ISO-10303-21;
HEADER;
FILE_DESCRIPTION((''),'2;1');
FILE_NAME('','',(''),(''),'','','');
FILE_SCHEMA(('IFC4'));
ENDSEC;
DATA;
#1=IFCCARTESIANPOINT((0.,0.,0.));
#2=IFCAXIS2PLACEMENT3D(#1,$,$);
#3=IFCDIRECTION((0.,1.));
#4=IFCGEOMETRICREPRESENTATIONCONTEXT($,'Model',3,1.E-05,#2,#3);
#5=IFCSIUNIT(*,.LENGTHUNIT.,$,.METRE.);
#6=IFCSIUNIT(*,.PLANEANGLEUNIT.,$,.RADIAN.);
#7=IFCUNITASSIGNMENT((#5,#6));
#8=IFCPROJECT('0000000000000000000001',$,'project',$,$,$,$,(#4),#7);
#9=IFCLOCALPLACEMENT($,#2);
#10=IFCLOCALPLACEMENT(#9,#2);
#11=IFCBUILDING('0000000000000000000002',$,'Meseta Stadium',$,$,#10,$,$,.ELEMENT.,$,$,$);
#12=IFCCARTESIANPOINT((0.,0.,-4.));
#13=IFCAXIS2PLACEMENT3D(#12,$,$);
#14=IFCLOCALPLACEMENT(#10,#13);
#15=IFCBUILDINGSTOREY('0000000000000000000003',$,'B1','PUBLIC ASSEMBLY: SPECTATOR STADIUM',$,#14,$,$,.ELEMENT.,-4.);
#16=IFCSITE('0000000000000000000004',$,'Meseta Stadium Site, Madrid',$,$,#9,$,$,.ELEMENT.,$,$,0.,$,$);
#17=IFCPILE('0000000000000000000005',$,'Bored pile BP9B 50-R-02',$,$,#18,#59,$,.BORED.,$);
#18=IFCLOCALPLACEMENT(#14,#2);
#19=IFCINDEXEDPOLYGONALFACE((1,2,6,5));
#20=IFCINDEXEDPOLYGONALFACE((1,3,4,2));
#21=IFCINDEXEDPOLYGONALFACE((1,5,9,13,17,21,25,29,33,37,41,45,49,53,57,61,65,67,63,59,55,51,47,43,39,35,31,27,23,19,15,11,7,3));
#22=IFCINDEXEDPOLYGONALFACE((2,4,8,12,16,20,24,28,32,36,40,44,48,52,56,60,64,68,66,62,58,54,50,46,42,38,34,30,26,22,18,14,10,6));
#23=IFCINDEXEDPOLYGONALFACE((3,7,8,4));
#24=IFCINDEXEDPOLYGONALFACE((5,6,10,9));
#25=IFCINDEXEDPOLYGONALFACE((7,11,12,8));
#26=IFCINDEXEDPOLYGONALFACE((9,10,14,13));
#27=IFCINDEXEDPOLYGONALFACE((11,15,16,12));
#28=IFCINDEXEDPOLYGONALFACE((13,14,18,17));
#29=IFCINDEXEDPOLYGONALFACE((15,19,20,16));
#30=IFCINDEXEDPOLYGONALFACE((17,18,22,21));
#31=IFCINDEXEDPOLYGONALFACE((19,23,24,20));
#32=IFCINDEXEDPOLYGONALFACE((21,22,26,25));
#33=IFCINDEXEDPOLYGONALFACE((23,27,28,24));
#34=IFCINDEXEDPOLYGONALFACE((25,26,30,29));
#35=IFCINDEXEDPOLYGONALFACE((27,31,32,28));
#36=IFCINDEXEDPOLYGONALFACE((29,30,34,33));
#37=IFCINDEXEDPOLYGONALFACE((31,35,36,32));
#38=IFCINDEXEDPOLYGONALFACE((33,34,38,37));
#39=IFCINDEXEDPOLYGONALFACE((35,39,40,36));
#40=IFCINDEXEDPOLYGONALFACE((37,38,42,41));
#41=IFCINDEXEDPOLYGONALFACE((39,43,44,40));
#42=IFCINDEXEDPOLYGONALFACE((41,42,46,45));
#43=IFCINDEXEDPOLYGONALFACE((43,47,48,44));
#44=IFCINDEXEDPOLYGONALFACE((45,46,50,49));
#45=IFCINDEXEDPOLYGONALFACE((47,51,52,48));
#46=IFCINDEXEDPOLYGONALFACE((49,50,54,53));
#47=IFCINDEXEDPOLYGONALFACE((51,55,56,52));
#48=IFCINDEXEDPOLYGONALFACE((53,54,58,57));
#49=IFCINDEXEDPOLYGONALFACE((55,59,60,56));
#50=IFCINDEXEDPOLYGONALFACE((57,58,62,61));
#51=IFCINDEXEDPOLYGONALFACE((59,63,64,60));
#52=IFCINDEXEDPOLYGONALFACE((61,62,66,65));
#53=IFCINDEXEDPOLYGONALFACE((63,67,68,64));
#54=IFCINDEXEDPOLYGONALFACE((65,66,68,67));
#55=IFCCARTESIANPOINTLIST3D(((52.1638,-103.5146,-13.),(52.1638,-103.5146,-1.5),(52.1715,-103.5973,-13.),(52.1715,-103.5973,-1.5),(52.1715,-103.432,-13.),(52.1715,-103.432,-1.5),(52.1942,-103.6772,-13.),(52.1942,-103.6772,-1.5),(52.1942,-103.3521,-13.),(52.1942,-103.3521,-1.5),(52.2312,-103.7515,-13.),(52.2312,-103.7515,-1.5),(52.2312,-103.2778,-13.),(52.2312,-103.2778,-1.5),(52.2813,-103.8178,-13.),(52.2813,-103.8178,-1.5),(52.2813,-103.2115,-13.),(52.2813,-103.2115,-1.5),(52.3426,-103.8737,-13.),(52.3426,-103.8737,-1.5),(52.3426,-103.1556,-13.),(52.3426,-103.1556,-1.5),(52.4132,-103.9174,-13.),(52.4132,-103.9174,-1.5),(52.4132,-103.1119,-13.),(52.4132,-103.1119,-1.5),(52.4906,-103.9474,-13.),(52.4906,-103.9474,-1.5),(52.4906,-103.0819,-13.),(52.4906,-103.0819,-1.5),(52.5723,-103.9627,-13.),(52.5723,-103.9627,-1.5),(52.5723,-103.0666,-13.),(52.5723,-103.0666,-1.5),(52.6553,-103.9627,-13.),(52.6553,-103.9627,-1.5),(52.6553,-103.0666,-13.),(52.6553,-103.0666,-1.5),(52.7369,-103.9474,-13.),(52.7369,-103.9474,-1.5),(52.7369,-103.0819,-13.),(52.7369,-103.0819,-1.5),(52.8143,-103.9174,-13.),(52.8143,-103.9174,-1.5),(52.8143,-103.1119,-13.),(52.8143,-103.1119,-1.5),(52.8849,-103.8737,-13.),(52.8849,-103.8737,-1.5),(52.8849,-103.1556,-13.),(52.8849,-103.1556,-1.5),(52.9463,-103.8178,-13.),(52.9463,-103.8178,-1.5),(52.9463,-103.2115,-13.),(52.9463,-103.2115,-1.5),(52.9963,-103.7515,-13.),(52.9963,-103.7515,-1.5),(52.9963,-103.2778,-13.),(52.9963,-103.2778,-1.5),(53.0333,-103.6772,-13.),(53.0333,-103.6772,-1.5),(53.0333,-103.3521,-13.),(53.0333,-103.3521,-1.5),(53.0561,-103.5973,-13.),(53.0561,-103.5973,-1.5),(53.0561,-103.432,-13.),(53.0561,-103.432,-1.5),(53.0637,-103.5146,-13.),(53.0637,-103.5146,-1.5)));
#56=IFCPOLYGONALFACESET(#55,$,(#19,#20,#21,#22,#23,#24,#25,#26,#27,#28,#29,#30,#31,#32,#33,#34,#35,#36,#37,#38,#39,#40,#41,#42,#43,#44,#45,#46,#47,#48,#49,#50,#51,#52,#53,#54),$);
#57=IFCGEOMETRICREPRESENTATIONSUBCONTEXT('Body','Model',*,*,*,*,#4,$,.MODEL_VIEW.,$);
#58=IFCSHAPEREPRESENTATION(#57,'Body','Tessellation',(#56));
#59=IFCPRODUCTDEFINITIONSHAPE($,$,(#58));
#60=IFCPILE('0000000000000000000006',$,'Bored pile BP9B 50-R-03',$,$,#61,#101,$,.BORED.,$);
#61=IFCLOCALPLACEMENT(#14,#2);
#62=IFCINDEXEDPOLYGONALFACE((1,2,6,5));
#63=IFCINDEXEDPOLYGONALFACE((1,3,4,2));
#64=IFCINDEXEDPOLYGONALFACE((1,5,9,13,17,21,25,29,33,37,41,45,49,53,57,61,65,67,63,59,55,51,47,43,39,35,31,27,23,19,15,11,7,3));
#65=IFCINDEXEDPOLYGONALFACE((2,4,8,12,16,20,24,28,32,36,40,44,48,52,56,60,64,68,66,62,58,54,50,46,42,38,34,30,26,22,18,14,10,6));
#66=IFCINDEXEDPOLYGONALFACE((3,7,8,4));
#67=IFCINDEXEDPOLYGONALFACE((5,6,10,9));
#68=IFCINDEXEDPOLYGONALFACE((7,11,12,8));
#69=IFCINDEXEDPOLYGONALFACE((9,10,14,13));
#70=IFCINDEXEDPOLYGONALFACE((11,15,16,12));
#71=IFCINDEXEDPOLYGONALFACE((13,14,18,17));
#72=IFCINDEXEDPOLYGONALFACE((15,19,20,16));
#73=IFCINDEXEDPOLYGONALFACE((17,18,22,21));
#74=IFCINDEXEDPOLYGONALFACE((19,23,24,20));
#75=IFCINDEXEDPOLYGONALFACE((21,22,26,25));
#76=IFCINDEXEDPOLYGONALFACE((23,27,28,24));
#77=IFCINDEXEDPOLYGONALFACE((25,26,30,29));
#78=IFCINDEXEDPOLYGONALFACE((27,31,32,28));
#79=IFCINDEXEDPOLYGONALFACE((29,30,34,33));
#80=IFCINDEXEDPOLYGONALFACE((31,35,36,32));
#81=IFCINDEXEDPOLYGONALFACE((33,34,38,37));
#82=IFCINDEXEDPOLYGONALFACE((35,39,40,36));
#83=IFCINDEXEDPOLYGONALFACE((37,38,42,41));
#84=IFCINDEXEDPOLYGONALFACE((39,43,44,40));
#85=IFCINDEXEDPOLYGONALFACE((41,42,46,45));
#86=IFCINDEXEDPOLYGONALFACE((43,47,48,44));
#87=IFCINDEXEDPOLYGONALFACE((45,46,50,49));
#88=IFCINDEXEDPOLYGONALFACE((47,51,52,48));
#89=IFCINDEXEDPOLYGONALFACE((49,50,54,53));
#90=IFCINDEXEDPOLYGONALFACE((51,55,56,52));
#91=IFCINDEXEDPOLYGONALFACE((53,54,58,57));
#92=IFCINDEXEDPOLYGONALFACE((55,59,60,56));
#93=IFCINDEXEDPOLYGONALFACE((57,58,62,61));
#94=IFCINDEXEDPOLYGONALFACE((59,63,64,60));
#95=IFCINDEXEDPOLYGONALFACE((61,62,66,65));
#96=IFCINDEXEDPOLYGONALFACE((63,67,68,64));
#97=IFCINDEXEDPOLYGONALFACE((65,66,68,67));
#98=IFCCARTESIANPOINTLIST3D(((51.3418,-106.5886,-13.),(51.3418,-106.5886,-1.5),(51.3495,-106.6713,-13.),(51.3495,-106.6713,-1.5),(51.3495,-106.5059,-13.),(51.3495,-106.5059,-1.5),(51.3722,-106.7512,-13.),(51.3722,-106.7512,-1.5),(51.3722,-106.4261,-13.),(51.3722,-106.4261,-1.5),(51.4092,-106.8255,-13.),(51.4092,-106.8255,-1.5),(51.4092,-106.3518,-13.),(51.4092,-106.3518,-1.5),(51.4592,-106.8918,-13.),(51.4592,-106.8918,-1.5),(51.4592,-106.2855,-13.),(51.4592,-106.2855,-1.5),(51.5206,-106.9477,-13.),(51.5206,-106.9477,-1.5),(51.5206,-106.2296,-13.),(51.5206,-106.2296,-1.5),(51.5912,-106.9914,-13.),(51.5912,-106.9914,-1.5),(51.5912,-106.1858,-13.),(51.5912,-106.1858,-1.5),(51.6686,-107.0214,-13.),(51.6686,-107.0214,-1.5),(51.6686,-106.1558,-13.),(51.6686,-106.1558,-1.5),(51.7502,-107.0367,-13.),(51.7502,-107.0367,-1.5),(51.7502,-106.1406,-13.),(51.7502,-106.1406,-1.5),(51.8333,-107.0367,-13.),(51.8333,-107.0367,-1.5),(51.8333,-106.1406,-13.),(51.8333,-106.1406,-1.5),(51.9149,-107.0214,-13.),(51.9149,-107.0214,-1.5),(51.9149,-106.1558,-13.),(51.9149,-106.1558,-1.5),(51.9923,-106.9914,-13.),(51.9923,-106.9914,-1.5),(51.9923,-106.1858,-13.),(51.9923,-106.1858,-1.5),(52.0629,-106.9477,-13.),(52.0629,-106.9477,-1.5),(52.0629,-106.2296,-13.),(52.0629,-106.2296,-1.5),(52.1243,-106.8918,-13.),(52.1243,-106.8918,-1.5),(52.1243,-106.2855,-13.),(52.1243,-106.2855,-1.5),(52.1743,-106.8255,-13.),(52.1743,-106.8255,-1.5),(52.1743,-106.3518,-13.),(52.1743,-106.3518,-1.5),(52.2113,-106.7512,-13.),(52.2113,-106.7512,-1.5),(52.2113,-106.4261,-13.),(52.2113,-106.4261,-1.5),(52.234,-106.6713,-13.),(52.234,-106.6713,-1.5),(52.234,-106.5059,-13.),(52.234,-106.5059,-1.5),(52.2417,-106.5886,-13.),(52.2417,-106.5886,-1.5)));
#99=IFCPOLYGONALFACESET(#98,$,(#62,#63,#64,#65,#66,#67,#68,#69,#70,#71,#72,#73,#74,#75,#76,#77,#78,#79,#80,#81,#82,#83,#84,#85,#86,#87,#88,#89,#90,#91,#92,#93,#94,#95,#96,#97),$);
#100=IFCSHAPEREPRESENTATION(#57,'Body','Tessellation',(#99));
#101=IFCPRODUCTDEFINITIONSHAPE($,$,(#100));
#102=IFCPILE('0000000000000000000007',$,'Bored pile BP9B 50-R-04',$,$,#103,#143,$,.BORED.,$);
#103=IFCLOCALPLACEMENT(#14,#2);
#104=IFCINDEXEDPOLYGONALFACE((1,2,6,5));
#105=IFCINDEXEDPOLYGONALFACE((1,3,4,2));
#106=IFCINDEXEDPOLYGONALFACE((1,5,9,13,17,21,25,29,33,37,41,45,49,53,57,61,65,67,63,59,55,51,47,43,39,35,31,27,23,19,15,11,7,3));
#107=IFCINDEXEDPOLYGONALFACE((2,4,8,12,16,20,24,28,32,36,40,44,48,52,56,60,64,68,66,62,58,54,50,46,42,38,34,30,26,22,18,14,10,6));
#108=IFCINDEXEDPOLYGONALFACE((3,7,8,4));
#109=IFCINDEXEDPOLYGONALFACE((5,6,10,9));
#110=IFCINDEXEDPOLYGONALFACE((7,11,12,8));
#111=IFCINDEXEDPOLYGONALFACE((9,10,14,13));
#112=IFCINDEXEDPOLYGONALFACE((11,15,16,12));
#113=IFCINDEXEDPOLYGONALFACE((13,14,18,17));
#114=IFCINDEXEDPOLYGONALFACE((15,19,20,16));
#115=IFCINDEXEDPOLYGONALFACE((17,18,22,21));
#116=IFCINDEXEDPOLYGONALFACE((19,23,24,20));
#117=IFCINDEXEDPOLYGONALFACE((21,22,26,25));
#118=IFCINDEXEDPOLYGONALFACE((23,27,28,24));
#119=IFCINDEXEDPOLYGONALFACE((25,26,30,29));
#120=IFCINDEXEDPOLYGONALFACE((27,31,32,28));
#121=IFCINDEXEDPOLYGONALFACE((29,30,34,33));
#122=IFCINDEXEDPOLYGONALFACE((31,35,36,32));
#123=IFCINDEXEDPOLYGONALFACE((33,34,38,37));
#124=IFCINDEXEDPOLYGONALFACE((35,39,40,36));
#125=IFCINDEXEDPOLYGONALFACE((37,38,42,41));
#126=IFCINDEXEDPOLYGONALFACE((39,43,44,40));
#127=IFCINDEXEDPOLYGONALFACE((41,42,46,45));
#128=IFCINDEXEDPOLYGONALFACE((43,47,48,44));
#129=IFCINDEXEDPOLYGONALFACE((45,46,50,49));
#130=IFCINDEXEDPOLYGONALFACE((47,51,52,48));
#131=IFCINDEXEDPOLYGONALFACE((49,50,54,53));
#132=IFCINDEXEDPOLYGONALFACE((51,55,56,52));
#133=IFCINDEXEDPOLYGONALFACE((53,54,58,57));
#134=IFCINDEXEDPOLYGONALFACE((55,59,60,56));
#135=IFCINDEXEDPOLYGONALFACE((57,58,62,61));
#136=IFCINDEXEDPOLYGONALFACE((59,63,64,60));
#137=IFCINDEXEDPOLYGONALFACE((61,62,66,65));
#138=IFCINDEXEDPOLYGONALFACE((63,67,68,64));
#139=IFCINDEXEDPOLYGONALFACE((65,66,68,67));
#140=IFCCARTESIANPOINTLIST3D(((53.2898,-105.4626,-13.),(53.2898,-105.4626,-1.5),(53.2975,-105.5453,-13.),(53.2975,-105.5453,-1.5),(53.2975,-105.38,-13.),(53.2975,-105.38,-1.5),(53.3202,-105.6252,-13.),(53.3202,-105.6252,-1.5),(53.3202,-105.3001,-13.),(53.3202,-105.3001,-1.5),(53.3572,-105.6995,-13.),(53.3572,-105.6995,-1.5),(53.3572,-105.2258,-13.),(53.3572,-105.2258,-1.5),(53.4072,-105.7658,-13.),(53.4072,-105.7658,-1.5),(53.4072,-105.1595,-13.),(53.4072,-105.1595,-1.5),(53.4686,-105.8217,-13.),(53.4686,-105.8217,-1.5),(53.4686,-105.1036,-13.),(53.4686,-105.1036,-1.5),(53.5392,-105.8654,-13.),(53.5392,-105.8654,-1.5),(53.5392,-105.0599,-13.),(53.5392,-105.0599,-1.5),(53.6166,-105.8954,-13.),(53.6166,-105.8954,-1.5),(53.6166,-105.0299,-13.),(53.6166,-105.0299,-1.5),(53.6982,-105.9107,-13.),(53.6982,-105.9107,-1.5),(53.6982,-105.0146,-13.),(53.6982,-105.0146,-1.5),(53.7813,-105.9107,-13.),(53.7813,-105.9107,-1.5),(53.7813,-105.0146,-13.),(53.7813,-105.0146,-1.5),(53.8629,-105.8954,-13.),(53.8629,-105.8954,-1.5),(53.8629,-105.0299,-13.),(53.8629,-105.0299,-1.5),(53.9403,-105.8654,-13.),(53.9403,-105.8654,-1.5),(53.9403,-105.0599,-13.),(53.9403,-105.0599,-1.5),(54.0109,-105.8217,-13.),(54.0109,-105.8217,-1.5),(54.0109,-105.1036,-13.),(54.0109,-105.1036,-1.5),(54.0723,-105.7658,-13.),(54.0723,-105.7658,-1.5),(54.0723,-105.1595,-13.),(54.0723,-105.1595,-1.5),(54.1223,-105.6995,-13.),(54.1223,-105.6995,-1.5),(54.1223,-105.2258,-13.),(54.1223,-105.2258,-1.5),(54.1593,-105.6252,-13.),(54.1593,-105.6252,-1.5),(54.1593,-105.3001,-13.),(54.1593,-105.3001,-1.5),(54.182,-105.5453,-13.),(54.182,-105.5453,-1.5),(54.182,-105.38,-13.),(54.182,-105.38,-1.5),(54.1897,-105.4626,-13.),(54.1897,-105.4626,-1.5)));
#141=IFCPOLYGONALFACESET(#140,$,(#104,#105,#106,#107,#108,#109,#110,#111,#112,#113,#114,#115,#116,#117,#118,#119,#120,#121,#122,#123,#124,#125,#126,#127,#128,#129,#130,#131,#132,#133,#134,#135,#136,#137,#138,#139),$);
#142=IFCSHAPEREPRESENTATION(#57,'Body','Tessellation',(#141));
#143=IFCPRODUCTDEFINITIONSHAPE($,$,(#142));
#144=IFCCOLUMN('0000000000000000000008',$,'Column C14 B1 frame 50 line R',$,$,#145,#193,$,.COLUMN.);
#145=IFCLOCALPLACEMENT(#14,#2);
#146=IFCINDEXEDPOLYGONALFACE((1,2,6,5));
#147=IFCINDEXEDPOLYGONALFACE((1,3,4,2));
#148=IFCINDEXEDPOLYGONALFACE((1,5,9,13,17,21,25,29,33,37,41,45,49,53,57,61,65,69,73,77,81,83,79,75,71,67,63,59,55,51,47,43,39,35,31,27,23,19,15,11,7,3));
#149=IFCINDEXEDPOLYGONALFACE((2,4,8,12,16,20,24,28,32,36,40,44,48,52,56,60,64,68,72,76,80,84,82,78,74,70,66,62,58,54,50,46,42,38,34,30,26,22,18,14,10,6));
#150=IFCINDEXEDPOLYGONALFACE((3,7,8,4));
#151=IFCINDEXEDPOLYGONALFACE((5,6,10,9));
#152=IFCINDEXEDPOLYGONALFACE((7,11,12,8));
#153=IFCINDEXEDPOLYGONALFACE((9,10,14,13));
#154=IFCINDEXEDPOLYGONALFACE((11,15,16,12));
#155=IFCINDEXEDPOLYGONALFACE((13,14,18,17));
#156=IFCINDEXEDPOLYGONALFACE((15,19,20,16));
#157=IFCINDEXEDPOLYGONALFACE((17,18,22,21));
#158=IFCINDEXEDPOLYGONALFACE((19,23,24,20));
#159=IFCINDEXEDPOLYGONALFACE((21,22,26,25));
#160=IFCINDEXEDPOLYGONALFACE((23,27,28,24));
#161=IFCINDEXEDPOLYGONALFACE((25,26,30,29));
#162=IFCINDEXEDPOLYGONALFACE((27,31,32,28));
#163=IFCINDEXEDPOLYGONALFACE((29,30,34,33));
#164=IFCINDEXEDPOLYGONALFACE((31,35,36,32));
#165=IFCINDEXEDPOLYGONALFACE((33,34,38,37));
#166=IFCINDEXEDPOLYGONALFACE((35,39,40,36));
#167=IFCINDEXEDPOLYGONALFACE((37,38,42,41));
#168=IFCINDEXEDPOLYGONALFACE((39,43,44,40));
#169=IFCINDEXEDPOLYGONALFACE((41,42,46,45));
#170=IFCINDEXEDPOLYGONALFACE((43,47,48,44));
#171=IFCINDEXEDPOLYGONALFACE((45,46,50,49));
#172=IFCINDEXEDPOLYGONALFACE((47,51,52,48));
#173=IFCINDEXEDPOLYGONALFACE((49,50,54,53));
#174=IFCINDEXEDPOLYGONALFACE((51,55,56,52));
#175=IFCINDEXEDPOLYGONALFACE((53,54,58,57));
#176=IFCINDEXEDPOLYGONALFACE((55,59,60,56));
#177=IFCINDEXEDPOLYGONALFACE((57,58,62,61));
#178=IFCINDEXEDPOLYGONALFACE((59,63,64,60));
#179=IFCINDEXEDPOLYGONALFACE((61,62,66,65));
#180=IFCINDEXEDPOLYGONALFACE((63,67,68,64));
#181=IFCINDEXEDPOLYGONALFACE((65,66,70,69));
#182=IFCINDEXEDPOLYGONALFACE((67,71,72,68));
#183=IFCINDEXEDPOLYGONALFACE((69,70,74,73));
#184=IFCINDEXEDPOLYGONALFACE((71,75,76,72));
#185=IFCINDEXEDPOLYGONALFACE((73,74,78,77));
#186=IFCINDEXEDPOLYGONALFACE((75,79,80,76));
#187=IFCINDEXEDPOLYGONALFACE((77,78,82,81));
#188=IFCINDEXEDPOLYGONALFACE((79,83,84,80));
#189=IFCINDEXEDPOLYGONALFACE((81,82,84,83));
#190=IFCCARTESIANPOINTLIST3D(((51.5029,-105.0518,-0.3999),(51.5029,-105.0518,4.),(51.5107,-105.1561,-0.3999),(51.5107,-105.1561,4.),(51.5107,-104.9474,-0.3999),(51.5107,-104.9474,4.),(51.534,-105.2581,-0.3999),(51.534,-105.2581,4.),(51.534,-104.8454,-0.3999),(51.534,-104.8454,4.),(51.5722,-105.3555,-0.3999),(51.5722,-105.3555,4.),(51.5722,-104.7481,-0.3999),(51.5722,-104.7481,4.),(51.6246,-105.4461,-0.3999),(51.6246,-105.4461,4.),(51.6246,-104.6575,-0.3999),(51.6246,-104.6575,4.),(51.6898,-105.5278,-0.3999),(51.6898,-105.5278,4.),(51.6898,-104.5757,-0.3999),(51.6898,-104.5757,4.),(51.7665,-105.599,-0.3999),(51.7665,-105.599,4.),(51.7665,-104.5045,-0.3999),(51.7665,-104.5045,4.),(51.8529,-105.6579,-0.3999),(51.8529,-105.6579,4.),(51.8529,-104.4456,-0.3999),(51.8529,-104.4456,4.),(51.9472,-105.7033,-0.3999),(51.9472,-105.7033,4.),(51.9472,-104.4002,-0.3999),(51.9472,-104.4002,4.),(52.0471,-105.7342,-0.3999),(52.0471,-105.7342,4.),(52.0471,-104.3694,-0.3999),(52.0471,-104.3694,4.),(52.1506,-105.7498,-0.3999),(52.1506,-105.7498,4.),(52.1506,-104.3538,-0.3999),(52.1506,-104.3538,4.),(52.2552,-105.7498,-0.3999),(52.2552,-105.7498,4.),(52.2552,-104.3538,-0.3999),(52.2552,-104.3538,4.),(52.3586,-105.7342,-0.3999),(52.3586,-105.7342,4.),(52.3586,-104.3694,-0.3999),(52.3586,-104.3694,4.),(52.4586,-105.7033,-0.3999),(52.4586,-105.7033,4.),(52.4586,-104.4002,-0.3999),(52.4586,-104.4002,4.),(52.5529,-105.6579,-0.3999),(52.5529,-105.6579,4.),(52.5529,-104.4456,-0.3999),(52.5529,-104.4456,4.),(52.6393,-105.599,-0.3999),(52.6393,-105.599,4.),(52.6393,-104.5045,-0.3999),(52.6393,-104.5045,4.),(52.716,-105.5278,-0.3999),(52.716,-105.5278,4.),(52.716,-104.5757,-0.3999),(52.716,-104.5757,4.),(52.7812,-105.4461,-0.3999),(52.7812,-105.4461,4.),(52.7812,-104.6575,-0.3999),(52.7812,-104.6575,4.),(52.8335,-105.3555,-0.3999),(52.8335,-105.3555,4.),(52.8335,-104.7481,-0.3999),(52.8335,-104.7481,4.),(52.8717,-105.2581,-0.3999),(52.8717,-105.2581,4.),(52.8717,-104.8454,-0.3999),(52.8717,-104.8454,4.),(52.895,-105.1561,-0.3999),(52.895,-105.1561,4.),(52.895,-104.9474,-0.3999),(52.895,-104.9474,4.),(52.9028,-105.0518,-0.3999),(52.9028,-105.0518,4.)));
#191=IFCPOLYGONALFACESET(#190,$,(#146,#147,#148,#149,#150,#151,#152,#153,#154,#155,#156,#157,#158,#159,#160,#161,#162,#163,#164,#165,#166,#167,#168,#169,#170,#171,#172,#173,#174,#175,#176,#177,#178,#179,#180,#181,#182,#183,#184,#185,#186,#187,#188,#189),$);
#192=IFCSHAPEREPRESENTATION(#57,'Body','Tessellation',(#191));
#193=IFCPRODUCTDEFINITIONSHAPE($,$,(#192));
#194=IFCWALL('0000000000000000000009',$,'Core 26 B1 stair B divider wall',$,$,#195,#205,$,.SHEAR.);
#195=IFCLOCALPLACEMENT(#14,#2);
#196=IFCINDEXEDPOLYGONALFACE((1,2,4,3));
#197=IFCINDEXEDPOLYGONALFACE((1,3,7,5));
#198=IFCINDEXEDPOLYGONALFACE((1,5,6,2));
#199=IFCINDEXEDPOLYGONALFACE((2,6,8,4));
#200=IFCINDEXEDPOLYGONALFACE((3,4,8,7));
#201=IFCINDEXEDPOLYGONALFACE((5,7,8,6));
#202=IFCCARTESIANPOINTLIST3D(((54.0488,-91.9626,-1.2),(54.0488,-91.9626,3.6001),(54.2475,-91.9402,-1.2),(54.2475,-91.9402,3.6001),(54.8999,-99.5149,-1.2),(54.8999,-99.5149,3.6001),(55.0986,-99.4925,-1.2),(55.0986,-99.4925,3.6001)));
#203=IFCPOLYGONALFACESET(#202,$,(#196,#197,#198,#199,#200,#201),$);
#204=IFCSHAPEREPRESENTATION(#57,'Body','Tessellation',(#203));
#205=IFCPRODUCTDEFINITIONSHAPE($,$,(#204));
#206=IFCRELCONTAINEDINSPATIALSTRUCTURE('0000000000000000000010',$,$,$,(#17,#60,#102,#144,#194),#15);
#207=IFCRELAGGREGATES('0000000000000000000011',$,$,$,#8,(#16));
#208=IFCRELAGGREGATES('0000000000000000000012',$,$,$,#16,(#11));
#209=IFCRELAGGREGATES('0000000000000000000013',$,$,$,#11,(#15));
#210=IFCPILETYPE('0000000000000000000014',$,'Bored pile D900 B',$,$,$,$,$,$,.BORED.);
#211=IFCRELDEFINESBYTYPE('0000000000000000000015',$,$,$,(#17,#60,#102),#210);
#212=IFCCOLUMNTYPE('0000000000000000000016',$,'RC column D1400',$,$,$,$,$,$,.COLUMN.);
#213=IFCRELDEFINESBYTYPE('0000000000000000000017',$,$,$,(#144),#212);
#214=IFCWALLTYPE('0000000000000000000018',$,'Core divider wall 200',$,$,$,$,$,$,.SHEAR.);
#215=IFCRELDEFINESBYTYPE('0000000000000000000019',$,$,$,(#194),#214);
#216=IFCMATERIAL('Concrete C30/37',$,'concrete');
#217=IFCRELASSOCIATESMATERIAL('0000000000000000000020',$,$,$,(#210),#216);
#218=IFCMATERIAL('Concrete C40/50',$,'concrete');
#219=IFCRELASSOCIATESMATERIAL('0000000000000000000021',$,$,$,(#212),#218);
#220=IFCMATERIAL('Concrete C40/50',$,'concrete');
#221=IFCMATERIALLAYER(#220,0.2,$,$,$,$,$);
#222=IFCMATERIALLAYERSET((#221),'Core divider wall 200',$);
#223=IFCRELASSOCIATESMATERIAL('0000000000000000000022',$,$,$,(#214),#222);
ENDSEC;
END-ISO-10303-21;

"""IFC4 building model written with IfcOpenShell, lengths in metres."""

from ifc_helpers import new_model, si_unit, direction, frame, frame_2d, origin, origin_2d, place, context, subcontext, project, spatial, rectangle, circle, extrude, material, layer, layer_set, material_profile, profile_set, type_object, element, save


model = new_model("IFC4")

# Units and contexts
model_context = context("Model", 3, precision=1e-05, world=origin(), true_north=direction((0.0, 1.0)))
body_context = subcontext(model_context, "Body", "Model", "MODEL_VIEW")
ifc_project = project(units=[si_unit("LENGTHUNIT", "METRE"), si_unit("PLANEANGLEUNIT", "RADIAN")], contexts=[model_context])

# Site, building, storey
site_placement = place(None, origin())
site = spatial("IfcSite", under=ifc_project, at=site_placement, Name="Meseta Stadium Site, Madrid", CompositionType="ELEMENT", RefElevation=0.0)
building_placement = place(site_placement, origin())
building = spatial("IfcBuilding", under=site, at=building_placement, Name="Meseta Stadium", CompositionType="ELEMENT")
storey_placement = place(building_placement, frame((0.0, 0.0, -4.0)))
storey = spatial("IfcBuildingStorey", under=building, at=storey_placement, Name="B1", Description="PUBLIC ASSEMBLY: SPECTATOR STADIUM", CompositionType="ELEMENT", Elevation=-4.0)

# Piles
ifc_material_1 = material(Name="Concrete C30/37", Category="concrete")
ifc_material_profile_1 = material_profile(ifc_material_1, circle(Radius=0.45, at=origin_2d()), Name="D900")
ifc_profile_set_1 = profile_set([ifc_material_profile_1], Name="Concrete C30/37")
pile_type = type_object("IfcPileType", Name="Bored pile D900 B", PredefinedType="BORED", material=ifc_profile_set_1)
for number, where, z_axis, x_axis, name in (
    (1, (52.6138, -103.5146, -1.5), (0.0, 0.0, -1.0), (1.0, 0.0, 0.0), "Bored pile BP9B 50-R-02"),
    (2, (51.7917, -106.5886, -1.5), (0.0, 0.0, -1.0), (1.0, 0.0, 0.0), "Bored pile BP9B 50-R-03"),
    (3, (53.7397, -105.4626, -1.5), (0.0, 0.0, -1.0), (1.0, 0.0, 0.0), "Bored pile BP9B 50-R-04"),
):
    element("IfcPile", number, at=place(storey_placement, frame(where, z_axis=z_axis, x_axis=x_axis)), inside=storey, type_object=pile_type, Name=name, PredefinedType="BORED", context=body_context, shape_type="SweptSolid", body=[
        extrude(circle(Radius=0.45, at=origin_2d()), origin(), (0.0, 0.0, 1.0), 11.5),
    ])

# Column
ifc_material_2 = material(Name="Concrete C40/50", Category="concrete")
ifc_material_profile_2 = material_profile(ifc_material_2, circle(Radius=0.7, at=origin_2d()), Name="RC D1400")
ifc_profile_set_2 = profile_set([ifc_material_profile_2], Name="Concrete C40/50")
column_type = type_object("IfcColumnType", Name="RC column D1400", PredefinedType="COLUMN", material=ifc_profile_set_2)
column_placement = place(storey_placement, frame((52.2029, -105.0518, -0.3999), z_axis=(0.0, 0.0, 1.0), x_axis=(1.0, 0.0, 0.0)))
element("IfcColumn", 4, at=column_placement, inside=storey, type_object=column_type, Name="Column C14 B1 frame 50 line R", PredefinedType="COLUMN", context=body_context, shape_type="SweptSolid", body=[
    extrude(circle(Radius=0.7, at=origin_2d()), origin(), (0.0, 0.0, 1.0), 4.3999),
])

# Wall
ifc_material_3 = material(Name="Concrete C40/50", Category="concrete")
ifc_layer_1 = layer(ifc_material_3, 0.2)
ifc_layer_set_1 = layer_set([ifc_layer_1], Name="Core divider wall 200")
wall_type_1 = type_object("IfcWallType", Name="Core divider wall 200", PredefinedType="SHEAR", material=ifc_layer_set_1)
wall_1_placement = place(storey_placement, frame((54.9993, -99.5037, -1.2), z_axis=(0.0, 0.0, 1.0), x_axis=(-0.111983, 0.99371, 0.0)))
element("IfcWall", 5, at=wall_1_placement, inside=storey, type_object=wall_type_1, Name="Core 26 B1 stair B divider wall", PredefinedType="SHEAR", context=body_context, shape_type="SweptSolid", body=[
    extrude(rectangle(XDim=7.6001, YDim=0.2, at=frame_2d((3.8, 0.0))), origin(), (0.0, 0.0, 1.0), 4.8),
])

save(model, "model.ifc")
